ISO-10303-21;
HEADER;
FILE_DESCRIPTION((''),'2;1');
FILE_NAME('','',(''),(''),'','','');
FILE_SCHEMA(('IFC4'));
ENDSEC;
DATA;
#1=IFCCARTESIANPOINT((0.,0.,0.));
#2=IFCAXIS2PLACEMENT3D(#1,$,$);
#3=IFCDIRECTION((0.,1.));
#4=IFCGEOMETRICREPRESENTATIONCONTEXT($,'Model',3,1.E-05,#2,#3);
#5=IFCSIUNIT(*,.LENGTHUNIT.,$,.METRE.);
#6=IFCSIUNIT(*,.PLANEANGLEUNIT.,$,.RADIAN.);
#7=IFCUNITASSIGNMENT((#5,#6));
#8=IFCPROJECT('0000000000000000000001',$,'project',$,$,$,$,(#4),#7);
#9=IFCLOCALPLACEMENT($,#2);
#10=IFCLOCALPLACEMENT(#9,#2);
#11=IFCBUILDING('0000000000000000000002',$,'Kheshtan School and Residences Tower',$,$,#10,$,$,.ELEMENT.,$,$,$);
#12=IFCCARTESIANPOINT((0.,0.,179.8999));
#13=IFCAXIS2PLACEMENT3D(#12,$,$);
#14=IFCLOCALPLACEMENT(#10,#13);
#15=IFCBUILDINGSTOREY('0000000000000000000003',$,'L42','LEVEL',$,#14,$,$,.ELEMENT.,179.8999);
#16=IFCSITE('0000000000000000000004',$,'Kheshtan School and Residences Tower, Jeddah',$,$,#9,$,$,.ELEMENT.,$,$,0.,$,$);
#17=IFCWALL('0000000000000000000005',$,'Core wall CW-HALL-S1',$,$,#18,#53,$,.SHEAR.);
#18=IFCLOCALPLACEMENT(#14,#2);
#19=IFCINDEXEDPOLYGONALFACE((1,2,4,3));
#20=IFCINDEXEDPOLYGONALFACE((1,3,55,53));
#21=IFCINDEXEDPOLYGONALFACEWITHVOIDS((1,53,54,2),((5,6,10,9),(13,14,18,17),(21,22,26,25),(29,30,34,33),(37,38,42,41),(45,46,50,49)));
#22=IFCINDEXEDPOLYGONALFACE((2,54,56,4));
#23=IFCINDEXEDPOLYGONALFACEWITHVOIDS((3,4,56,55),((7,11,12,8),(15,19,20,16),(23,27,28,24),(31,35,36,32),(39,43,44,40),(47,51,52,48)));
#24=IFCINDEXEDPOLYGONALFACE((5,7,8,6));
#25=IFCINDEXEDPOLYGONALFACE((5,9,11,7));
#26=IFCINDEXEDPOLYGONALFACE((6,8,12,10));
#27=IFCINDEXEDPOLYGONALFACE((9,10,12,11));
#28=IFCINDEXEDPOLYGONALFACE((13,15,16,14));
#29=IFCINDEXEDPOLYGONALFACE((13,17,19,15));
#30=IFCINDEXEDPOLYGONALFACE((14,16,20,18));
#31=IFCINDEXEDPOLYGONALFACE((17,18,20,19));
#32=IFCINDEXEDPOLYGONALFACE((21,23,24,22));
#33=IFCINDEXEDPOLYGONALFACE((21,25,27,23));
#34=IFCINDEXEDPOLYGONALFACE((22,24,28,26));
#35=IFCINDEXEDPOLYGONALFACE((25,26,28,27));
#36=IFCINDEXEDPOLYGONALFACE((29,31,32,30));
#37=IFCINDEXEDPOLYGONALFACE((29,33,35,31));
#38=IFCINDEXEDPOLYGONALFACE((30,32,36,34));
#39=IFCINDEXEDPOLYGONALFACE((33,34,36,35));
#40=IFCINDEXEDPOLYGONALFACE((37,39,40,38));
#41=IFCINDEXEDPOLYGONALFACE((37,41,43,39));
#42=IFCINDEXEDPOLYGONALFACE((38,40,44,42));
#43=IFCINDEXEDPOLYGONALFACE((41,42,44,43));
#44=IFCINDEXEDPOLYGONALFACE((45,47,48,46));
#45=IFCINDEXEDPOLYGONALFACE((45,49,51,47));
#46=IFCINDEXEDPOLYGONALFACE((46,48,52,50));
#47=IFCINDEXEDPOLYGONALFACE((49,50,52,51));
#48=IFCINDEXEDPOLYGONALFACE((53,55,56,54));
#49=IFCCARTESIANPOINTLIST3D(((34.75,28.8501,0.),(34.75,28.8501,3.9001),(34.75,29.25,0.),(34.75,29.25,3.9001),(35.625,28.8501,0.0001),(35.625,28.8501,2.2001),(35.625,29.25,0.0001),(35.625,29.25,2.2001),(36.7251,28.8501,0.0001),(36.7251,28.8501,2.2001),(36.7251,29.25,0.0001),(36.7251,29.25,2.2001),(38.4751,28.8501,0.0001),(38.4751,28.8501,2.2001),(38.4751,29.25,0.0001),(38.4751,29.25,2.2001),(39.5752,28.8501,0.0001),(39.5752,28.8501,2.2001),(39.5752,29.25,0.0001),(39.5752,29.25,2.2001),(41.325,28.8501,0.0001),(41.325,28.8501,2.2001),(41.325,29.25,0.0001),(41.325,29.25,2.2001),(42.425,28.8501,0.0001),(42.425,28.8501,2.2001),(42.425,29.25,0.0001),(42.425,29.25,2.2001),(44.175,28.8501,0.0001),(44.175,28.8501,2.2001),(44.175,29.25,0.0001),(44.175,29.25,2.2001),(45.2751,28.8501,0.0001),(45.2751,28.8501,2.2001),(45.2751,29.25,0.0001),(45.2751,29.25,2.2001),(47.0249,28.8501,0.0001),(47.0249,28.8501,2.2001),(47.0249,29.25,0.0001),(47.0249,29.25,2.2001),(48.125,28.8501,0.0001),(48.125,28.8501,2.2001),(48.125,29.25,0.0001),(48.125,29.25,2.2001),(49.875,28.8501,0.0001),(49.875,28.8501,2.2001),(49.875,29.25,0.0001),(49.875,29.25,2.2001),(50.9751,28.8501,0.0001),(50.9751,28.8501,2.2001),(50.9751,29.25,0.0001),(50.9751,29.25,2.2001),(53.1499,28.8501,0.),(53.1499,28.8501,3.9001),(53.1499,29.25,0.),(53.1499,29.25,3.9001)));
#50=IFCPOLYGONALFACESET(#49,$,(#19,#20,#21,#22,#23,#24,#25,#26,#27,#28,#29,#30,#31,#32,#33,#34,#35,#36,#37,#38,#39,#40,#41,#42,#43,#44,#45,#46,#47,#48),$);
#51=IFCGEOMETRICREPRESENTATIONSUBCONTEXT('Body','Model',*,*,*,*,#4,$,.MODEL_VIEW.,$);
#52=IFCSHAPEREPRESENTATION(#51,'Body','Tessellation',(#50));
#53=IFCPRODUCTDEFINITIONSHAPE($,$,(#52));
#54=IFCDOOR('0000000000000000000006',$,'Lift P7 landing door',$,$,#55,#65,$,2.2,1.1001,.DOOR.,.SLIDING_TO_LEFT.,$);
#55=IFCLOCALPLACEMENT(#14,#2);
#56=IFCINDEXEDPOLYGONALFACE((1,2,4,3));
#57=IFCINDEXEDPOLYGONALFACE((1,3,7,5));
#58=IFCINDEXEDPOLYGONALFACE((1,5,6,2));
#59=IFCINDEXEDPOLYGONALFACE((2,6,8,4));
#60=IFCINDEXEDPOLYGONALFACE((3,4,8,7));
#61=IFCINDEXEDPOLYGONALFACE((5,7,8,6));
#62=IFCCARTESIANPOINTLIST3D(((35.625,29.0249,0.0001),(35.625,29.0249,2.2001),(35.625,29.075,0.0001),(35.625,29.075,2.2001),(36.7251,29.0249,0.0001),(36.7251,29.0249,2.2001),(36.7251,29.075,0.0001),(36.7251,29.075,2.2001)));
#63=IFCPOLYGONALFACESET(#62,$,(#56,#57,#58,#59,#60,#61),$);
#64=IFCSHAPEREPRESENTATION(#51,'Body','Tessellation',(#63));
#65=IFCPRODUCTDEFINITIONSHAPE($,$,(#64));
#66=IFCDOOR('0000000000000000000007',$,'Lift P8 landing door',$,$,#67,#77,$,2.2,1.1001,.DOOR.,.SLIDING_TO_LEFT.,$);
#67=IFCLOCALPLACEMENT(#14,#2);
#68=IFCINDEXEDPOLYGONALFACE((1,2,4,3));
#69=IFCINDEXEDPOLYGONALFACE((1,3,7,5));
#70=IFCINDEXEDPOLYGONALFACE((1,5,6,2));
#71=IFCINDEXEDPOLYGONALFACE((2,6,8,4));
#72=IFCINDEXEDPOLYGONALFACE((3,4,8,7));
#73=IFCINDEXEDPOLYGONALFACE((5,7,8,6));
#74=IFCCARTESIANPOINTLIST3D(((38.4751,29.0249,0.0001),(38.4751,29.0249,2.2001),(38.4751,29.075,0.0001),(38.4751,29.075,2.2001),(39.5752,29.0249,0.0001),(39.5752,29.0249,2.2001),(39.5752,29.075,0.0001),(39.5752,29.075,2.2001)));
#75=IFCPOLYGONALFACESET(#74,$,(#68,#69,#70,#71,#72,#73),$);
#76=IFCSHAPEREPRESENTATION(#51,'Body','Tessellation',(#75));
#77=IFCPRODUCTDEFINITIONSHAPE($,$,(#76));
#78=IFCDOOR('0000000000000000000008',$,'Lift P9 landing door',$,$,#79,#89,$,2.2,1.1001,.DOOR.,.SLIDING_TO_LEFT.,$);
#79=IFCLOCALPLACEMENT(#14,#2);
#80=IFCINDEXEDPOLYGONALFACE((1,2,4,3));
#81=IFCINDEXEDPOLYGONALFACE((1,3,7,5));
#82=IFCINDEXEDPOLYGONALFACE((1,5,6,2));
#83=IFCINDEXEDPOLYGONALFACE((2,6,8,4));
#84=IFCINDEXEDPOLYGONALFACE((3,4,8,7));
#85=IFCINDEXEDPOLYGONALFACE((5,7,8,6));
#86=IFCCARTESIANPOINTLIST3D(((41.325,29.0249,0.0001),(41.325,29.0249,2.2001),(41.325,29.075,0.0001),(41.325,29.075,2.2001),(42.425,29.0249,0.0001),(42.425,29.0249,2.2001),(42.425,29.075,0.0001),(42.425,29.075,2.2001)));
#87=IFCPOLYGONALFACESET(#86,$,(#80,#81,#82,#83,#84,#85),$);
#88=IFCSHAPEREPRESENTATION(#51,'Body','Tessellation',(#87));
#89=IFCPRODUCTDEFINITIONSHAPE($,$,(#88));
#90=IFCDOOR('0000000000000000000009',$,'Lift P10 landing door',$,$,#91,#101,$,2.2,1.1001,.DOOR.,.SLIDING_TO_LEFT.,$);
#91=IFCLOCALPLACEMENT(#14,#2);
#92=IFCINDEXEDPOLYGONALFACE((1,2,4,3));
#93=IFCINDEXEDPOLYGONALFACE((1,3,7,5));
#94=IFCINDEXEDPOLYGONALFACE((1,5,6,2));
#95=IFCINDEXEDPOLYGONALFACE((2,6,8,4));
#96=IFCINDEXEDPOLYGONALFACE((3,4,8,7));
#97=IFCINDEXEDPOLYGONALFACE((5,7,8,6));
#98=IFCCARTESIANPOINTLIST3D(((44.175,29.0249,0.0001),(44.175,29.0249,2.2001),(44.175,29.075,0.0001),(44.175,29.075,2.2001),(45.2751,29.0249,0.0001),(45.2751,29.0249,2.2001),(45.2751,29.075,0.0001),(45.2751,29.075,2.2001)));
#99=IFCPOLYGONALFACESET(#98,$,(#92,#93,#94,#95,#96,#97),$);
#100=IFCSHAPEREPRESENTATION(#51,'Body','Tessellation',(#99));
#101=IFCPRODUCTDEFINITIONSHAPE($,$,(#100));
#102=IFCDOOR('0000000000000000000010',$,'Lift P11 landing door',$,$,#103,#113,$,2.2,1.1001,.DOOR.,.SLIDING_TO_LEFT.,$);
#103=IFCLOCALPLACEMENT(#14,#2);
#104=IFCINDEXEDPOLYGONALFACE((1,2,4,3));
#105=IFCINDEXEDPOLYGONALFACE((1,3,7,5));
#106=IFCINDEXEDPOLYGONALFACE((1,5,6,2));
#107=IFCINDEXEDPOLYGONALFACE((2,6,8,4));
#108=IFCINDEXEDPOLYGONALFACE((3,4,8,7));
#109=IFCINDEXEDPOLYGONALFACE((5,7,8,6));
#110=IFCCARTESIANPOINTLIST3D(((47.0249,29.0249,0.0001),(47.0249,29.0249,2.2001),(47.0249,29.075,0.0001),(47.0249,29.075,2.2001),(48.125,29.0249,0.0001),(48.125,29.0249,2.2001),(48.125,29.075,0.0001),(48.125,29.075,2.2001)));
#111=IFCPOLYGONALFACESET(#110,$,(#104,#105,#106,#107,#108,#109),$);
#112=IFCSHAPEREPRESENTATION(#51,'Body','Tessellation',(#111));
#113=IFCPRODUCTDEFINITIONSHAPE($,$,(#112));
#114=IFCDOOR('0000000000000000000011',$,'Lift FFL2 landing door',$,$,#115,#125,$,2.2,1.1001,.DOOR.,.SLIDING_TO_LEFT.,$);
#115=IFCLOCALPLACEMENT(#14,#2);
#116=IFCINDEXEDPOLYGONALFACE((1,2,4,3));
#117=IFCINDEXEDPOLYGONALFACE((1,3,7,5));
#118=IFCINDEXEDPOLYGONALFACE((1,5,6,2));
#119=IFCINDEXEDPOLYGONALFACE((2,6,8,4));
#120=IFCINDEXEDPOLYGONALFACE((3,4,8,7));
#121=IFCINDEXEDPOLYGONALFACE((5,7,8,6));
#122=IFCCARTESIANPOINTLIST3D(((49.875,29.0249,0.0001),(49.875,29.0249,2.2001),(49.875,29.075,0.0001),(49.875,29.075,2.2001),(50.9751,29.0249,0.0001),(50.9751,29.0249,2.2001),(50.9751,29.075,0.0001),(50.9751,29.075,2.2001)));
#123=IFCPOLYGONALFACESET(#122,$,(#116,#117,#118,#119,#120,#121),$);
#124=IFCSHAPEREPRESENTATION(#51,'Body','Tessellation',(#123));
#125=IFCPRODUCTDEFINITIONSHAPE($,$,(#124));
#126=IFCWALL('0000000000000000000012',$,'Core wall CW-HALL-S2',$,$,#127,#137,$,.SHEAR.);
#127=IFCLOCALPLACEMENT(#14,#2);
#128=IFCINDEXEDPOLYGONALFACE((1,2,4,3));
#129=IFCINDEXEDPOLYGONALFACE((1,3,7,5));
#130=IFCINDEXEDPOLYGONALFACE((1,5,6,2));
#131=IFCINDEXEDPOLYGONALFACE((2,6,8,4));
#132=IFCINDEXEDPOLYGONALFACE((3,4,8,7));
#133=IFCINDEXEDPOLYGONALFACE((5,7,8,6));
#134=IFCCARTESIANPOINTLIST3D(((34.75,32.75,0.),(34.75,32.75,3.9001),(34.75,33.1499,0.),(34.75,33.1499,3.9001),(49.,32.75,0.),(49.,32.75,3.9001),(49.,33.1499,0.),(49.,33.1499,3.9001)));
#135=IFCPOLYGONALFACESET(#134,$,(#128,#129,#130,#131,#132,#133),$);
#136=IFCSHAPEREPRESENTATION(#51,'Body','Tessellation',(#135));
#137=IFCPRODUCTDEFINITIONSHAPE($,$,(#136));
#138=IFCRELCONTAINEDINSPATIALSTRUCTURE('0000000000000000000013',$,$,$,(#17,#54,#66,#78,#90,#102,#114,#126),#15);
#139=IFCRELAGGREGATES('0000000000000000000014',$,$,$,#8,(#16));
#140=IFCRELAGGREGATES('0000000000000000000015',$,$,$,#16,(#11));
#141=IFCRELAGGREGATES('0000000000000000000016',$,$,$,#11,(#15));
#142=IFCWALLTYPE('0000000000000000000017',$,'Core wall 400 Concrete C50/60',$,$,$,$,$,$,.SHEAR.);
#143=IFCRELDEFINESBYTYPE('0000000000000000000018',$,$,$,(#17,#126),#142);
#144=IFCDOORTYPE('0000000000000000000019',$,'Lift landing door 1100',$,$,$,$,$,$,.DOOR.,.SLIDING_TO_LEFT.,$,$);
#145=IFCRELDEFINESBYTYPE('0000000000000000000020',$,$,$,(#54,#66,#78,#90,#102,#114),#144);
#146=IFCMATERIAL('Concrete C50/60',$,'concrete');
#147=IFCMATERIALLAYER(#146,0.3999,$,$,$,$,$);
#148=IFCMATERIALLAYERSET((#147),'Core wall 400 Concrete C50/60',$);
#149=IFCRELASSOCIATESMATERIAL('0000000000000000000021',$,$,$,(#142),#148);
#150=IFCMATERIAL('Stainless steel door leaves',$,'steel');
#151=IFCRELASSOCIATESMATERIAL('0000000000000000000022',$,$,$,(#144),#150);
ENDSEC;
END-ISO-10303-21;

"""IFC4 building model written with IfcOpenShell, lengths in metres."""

from ifc_helpers import new_model, si_unit, direction, frame, frame_2d, origin, place, context, subcontext, project, spatial, rectangle, extrude, source, transform, mapped, material, layer, layer_set, type_object, element, fill, save


model = new_model("IFC4")

# Units and contexts
model_context = context("Model", 3, precision=1e-05, world=origin(), true_north=direction((0.0, 1.0)))
body_context = subcontext(model_context, "Body", "Model", "MODEL_VIEW")
ifc_project = project(units=[si_unit("LENGTHUNIT", "METRE"), si_unit("PLANEANGLEUNIT", "RADIAN")], contexts=[model_context])

# Site, building, storey
site_placement = place(None, origin())
site = spatial("IfcSite", under=ifc_project, at=site_placement, Name="Kheshtan School and Residences Tower, Jeddah", CompositionType="ELEMENT", RefElevation=0.0)
building_placement = place(site_placement, origin())
building = spatial("IfcBuilding", under=site, at=building_placement, Name="Kheshtan School and Residences Tower", CompositionType="ELEMENT")
storey_placement = place(building_placement, frame((0.0, 0.0, 179.8999)))
storey = spatial("IfcBuildingStorey", under=building, at=storey_placement, Name="L42", Description="LEVEL", CompositionType="ELEMENT", Elevation=179.8999)

# Wall, openings, doors
ifc_material_1 = material(Name="Concrete C50/60", Category="concrete")
ifc_layer_1 = layer(ifc_material_1, 0.3999)
ifc_layer_set_1 = layer_set([ifc_layer_1], Name="Core wall 400 Concrete C50/60")
wall_type_1 = type_object("IfcWallType", Name="Core wall 400 Concrete C50/60", PredefinedType="SHEAR", material=ifc_layer_set_1)
wall_1_placement = place(storey_placement, frame((34.75, 29.05, 0.0), z_axis=(0.0, 0.0, 1.0), x_axis=(1.0, 0.0, 0.0)))
wall_1 = element("IfcWall", 1, at=wall_1_placement, inside=storey, type_object=wall_type_1, Name="Core wall CW-HALL-S1", PredefinedType="SHEAR", context=body_context, shape_type="SweptSolid", body=[
    extrude(rectangle(XDim=18.3999, YDim=0.3999, at=frame_2d((9.2, 0.0))), origin(), (0.0, 0.0, 1.0), 3.9001),
])
opening_1_placement = place(wall_1_placement, frame((0.875, 0.0, 0.0)))
opening_1 = element("IfcOpeningElement", 2, at=opening_1_placement, cuts=wall_1, PredefinedType="OPENING", context=body_context, shape_type="SweptSolid", body=[
    extrude(rectangle(XDim=1.1001, YDim=2.2, at=frame_2d((0.55, 1.1001))), frame((0.0, 0.21, 0.0), z_axis=(0.0, -1.0, 0.0), x_axis=(1.0, 0.0, 0.0)), (0.0, 0.0, 1.0), 0.4199),
])
opening_2_placement = place(wall_1_placement, frame((3.7251, 0.0, 0.0)))
opening_2 = element("IfcOpeningElement", 3, at=opening_2_placement, cuts=wall_1, PredefinedType="OPENING", context=body_context, shape_type="SweptSolid", body=[
    extrude(rectangle(XDim=1.1001, YDim=2.2, at=frame_2d((0.55, 1.1001))), frame((0.0, 0.21, 0.0), z_axis=(0.0, -1.0, 0.0), x_axis=(1.0, 0.0, 0.0)), (0.0, 0.0, 1.0), 0.4199),
])
opening_3_placement = place(wall_1_placement, frame((6.575, 0.0, 0.0)))
opening_3 = element("IfcOpeningElement", 4, at=opening_3_placement, cuts=wall_1, PredefinedType="OPENING", context=body_context, shape_type="SweptSolid", body=[
    extrude(rectangle(XDim=1.1001, YDim=2.2, at=frame_2d((0.55, 1.1001))), frame((0.0, 0.21, 0.0), z_axis=(0.0, -1.0, 0.0), x_axis=(1.0, 0.0, 0.0)), (0.0, 0.0, 1.0), 0.4199),
])
opening_4_placement = place(wall_1_placement, frame((9.425, 0.0, 0.0)))
opening_4 = element("IfcOpeningElement", 5, at=opening_4_placement, cuts=wall_1, PredefinedType="OPENING", context=body_context, shape_type="SweptSolid", body=[
    extrude(rectangle(XDim=1.1001, YDim=2.2, at=frame_2d((0.55, 1.1001))), frame((0.0, 0.21, 0.0), z_axis=(0.0, -1.0, 0.0), x_axis=(1.0, 0.0, 0.0)), (0.0, 0.0, 1.0), 0.4199),
])
opening_5_placement = place(wall_1_placement, frame((12.2749, 0.0, 0.0)))
opening_5 = element("IfcOpeningElement", 6, at=opening_5_placement, cuts=wall_1, PredefinedType="OPENING", context=body_context, shape_type="SweptSolid", body=[
    extrude(rectangle(XDim=1.1001, YDim=2.2, at=frame_2d((0.55, 1.1001))), frame((0.0, 0.21, 0.0), z_axis=(0.0, -1.0, 0.0), x_axis=(1.0, 0.0, 0.0)), (0.0, 0.0, 1.0), 0.4199),
])
opening_6_placement = place(wall_1_placement, frame((15.125, 0.0, 0.0)))
opening_6 = element("IfcOpeningElement", 7, at=opening_6_placement, cuts=wall_1, PredefinedType="OPENING", context=body_context, shape_type="SweptSolid", body=[
    extrude(rectangle(XDim=1.1001, YDim=2.2, at=frame_2d((0.55, 1.1001))), frame((0.0, 0.21, 0.0), z_axis=(0.0, -1.0, 0.0), x_axis=(1.0, 0.0, 0.0)), (0.0, 0.0, 1.0), 0.4199),
])
ifc_material_2 = material(Name="Stainless steel door leaves", Category="steel")
door_type_1 = type_object("IfcDoorType", Name="Lift landing door 1100", OperationType="SLIDING_TO_LEFT", PredefinedType="DOOR", material=ifc_material_2)
shared_shape_1 = source(origin(), body_context, "Body", "SweptSolid", [
    extrude(rectangle(XDim=1.1001, YDim=2.2, at=frame_2d((0.55, 1.1001))), frame((0.0, 0.0249, 0.0), z_axis=(0.0, -1.0, 0.0), x_axis=(1.0, 0.0, 0.0)), (0.0, 0.0, 1.0), 0.05),
])
door_1_placement = place(opening_1_placement, origin())
door_1 = element("IfcDoor", 8, at=door_1_placement, inside=storey, type_object=door_type_1, Name="Lift P7 landing door", OperationType="SLIDING_TO_LEFT", OverallHeight=2.2, OverallWidth=1.1001, PredefinedType="DOOR", context=body_context, shape_type="MappedRepresentation", body=[
    mapped(shared_shape_1, transform((0.0, 0.0, 0.0), x_axis=(1.0, 0.0, 0.0), y_axis=(0.0, 1.0, 0.0), z_axis=(0.0, 0.0, 1.0), scale=1.0)),
])
fill(opening_1, door_1)
door_2_placement = place(opening_2_placement, origin())
door_2 = element("IfcDoor", 9, at=door_2_placement, inside=storey, type_object=door_type_1, Name="Lift P8 landing door", OperationType="SLIDING_TO_LEFT", OverallHeight=2.2, OverallWidth=1.1001, PredefinedType="DOOR", context=body_context, shape_type="MappedRepresentation", body=[
    mapped(shared_shape_1, transform((0.0, 0.0, 0.0), x_axis=(1.0, 0.0, 0.0), y_axis=(0.0, 1.0, 0.0), z_axis=(0.0, 0.0, 1.0), scale=1.0)),
])
fill(opening_2, door_2)
door_3_placement = place(opening_3_placement, origin())
door_3 = element("IfcDoor", 10, at=door_3_placement, inside=storey, type_object=door_type_1, Name="Lift P9 landing door", OperationType="SLIDING_TO_LEFT", OverallHeight=2.2, OverallWidth=1.1001, PredefinedType="DOOR", context=body_context, shape_type="MappedRepresentation", body=[
    mapped(shared_shape_1, transform((0.0, 0.0, 0.0), x_axis=(1.0, 0.0, 0.0), y_axis=(0.0, 1.0, 0.0), z_axis=(0.0, 0.0, 1.0), scale=1.0)),
])
fill(opening_3, door_3)
door_4_placement = place(opening_4_placement, origin())
door_4 = element("IfcDoor", 11, at=door_4_placement, inside=storey, type_object=door_type_1, Name="Lift P10 landing door", OperationType="SLIDING_TO_LEFT", OverallHeight=2.2, OverallWidth=1.1001, PredefinedType="DOOR", context=body_context, shape_type="MappedRepresentation", body=[
    mapped(shared_shape_1, transform((0.0, 0.0, 0.0), x_axis=(1.0, 0.0, 0.0), y_axis=(0.0, 1.0, 0.0), z_axis=(0.0, 0.0, 1.0), scale=1.0)),
])
fill(opening_4, door_4)
door_5_placement = place(opening_5_placement, origin())
door_5 = element("IfcDoor", 12, at=door_5_placement, inside=storey, type_object=door_type_1, Name="Lift P11 landing door", OperationType="SLIDING_TO_LEFT", OverallHeight=2.2, OverallWidth=1.1001, PredefinedType="DOOR", context=body_context, shape_type="MappedRepresentation", body=[
    mapped(shared_shape_1, transform((0.0, 0.0, 0.0), x_axis=(1.0, 0.0, 0.0), y_axis=(0.0, 1.0, 0.0), z_axis=(0.0, 0.0, 1.0), scale=1.0)),
])
fill(opening_5, door_5)
door_6_placement = place(opening_6_placement, origin())
door_6 = element("IfcDoor", 13, at=door_6_placement, inside=storey, type_object=door_type_1, Name="Lift FFL2 landing door", OperationType="SLIDING_TO_LEFT", OverallHeight=2.2, OverallWidth=1.1001, PredefinedType="DOOR", context=body_context, shape_type="MappedRepresentation", body=[
    mapped(shared_shape_1, transform((0.0, 0.0, 0.0), x_axis=(1.0, 0.0, 0.0), y_axis=(0.0, 1.0, 0.0), z_axis=(0.0, 0.0, 1.0), scale=1.0)),
])
fill(opening_6, door_6)

# Wall
wall_2_placement = place(storey_placement, frame((34.75, 32.95, 0.0), z_axis=(0.0, 0.0, 1.0), x_axis=(1.0, 0.0, 0.0)))
element("IfcWall", 14, at=wall_2_placement, inside=storey, type_object=wall_type_1, Name="Core wall CW-HALL-S2", PredefinedType="SHEAR", context=body_context, shape_type="SweptSolid", body=[
    extrude(rectangle(XDim=14.25, YDim=0.3999, at=frame_2d((7.125, 0.0))), origin(), (0.0, 0.0, 1.0), 3.9001),
])

save(model, "model.ifc")
